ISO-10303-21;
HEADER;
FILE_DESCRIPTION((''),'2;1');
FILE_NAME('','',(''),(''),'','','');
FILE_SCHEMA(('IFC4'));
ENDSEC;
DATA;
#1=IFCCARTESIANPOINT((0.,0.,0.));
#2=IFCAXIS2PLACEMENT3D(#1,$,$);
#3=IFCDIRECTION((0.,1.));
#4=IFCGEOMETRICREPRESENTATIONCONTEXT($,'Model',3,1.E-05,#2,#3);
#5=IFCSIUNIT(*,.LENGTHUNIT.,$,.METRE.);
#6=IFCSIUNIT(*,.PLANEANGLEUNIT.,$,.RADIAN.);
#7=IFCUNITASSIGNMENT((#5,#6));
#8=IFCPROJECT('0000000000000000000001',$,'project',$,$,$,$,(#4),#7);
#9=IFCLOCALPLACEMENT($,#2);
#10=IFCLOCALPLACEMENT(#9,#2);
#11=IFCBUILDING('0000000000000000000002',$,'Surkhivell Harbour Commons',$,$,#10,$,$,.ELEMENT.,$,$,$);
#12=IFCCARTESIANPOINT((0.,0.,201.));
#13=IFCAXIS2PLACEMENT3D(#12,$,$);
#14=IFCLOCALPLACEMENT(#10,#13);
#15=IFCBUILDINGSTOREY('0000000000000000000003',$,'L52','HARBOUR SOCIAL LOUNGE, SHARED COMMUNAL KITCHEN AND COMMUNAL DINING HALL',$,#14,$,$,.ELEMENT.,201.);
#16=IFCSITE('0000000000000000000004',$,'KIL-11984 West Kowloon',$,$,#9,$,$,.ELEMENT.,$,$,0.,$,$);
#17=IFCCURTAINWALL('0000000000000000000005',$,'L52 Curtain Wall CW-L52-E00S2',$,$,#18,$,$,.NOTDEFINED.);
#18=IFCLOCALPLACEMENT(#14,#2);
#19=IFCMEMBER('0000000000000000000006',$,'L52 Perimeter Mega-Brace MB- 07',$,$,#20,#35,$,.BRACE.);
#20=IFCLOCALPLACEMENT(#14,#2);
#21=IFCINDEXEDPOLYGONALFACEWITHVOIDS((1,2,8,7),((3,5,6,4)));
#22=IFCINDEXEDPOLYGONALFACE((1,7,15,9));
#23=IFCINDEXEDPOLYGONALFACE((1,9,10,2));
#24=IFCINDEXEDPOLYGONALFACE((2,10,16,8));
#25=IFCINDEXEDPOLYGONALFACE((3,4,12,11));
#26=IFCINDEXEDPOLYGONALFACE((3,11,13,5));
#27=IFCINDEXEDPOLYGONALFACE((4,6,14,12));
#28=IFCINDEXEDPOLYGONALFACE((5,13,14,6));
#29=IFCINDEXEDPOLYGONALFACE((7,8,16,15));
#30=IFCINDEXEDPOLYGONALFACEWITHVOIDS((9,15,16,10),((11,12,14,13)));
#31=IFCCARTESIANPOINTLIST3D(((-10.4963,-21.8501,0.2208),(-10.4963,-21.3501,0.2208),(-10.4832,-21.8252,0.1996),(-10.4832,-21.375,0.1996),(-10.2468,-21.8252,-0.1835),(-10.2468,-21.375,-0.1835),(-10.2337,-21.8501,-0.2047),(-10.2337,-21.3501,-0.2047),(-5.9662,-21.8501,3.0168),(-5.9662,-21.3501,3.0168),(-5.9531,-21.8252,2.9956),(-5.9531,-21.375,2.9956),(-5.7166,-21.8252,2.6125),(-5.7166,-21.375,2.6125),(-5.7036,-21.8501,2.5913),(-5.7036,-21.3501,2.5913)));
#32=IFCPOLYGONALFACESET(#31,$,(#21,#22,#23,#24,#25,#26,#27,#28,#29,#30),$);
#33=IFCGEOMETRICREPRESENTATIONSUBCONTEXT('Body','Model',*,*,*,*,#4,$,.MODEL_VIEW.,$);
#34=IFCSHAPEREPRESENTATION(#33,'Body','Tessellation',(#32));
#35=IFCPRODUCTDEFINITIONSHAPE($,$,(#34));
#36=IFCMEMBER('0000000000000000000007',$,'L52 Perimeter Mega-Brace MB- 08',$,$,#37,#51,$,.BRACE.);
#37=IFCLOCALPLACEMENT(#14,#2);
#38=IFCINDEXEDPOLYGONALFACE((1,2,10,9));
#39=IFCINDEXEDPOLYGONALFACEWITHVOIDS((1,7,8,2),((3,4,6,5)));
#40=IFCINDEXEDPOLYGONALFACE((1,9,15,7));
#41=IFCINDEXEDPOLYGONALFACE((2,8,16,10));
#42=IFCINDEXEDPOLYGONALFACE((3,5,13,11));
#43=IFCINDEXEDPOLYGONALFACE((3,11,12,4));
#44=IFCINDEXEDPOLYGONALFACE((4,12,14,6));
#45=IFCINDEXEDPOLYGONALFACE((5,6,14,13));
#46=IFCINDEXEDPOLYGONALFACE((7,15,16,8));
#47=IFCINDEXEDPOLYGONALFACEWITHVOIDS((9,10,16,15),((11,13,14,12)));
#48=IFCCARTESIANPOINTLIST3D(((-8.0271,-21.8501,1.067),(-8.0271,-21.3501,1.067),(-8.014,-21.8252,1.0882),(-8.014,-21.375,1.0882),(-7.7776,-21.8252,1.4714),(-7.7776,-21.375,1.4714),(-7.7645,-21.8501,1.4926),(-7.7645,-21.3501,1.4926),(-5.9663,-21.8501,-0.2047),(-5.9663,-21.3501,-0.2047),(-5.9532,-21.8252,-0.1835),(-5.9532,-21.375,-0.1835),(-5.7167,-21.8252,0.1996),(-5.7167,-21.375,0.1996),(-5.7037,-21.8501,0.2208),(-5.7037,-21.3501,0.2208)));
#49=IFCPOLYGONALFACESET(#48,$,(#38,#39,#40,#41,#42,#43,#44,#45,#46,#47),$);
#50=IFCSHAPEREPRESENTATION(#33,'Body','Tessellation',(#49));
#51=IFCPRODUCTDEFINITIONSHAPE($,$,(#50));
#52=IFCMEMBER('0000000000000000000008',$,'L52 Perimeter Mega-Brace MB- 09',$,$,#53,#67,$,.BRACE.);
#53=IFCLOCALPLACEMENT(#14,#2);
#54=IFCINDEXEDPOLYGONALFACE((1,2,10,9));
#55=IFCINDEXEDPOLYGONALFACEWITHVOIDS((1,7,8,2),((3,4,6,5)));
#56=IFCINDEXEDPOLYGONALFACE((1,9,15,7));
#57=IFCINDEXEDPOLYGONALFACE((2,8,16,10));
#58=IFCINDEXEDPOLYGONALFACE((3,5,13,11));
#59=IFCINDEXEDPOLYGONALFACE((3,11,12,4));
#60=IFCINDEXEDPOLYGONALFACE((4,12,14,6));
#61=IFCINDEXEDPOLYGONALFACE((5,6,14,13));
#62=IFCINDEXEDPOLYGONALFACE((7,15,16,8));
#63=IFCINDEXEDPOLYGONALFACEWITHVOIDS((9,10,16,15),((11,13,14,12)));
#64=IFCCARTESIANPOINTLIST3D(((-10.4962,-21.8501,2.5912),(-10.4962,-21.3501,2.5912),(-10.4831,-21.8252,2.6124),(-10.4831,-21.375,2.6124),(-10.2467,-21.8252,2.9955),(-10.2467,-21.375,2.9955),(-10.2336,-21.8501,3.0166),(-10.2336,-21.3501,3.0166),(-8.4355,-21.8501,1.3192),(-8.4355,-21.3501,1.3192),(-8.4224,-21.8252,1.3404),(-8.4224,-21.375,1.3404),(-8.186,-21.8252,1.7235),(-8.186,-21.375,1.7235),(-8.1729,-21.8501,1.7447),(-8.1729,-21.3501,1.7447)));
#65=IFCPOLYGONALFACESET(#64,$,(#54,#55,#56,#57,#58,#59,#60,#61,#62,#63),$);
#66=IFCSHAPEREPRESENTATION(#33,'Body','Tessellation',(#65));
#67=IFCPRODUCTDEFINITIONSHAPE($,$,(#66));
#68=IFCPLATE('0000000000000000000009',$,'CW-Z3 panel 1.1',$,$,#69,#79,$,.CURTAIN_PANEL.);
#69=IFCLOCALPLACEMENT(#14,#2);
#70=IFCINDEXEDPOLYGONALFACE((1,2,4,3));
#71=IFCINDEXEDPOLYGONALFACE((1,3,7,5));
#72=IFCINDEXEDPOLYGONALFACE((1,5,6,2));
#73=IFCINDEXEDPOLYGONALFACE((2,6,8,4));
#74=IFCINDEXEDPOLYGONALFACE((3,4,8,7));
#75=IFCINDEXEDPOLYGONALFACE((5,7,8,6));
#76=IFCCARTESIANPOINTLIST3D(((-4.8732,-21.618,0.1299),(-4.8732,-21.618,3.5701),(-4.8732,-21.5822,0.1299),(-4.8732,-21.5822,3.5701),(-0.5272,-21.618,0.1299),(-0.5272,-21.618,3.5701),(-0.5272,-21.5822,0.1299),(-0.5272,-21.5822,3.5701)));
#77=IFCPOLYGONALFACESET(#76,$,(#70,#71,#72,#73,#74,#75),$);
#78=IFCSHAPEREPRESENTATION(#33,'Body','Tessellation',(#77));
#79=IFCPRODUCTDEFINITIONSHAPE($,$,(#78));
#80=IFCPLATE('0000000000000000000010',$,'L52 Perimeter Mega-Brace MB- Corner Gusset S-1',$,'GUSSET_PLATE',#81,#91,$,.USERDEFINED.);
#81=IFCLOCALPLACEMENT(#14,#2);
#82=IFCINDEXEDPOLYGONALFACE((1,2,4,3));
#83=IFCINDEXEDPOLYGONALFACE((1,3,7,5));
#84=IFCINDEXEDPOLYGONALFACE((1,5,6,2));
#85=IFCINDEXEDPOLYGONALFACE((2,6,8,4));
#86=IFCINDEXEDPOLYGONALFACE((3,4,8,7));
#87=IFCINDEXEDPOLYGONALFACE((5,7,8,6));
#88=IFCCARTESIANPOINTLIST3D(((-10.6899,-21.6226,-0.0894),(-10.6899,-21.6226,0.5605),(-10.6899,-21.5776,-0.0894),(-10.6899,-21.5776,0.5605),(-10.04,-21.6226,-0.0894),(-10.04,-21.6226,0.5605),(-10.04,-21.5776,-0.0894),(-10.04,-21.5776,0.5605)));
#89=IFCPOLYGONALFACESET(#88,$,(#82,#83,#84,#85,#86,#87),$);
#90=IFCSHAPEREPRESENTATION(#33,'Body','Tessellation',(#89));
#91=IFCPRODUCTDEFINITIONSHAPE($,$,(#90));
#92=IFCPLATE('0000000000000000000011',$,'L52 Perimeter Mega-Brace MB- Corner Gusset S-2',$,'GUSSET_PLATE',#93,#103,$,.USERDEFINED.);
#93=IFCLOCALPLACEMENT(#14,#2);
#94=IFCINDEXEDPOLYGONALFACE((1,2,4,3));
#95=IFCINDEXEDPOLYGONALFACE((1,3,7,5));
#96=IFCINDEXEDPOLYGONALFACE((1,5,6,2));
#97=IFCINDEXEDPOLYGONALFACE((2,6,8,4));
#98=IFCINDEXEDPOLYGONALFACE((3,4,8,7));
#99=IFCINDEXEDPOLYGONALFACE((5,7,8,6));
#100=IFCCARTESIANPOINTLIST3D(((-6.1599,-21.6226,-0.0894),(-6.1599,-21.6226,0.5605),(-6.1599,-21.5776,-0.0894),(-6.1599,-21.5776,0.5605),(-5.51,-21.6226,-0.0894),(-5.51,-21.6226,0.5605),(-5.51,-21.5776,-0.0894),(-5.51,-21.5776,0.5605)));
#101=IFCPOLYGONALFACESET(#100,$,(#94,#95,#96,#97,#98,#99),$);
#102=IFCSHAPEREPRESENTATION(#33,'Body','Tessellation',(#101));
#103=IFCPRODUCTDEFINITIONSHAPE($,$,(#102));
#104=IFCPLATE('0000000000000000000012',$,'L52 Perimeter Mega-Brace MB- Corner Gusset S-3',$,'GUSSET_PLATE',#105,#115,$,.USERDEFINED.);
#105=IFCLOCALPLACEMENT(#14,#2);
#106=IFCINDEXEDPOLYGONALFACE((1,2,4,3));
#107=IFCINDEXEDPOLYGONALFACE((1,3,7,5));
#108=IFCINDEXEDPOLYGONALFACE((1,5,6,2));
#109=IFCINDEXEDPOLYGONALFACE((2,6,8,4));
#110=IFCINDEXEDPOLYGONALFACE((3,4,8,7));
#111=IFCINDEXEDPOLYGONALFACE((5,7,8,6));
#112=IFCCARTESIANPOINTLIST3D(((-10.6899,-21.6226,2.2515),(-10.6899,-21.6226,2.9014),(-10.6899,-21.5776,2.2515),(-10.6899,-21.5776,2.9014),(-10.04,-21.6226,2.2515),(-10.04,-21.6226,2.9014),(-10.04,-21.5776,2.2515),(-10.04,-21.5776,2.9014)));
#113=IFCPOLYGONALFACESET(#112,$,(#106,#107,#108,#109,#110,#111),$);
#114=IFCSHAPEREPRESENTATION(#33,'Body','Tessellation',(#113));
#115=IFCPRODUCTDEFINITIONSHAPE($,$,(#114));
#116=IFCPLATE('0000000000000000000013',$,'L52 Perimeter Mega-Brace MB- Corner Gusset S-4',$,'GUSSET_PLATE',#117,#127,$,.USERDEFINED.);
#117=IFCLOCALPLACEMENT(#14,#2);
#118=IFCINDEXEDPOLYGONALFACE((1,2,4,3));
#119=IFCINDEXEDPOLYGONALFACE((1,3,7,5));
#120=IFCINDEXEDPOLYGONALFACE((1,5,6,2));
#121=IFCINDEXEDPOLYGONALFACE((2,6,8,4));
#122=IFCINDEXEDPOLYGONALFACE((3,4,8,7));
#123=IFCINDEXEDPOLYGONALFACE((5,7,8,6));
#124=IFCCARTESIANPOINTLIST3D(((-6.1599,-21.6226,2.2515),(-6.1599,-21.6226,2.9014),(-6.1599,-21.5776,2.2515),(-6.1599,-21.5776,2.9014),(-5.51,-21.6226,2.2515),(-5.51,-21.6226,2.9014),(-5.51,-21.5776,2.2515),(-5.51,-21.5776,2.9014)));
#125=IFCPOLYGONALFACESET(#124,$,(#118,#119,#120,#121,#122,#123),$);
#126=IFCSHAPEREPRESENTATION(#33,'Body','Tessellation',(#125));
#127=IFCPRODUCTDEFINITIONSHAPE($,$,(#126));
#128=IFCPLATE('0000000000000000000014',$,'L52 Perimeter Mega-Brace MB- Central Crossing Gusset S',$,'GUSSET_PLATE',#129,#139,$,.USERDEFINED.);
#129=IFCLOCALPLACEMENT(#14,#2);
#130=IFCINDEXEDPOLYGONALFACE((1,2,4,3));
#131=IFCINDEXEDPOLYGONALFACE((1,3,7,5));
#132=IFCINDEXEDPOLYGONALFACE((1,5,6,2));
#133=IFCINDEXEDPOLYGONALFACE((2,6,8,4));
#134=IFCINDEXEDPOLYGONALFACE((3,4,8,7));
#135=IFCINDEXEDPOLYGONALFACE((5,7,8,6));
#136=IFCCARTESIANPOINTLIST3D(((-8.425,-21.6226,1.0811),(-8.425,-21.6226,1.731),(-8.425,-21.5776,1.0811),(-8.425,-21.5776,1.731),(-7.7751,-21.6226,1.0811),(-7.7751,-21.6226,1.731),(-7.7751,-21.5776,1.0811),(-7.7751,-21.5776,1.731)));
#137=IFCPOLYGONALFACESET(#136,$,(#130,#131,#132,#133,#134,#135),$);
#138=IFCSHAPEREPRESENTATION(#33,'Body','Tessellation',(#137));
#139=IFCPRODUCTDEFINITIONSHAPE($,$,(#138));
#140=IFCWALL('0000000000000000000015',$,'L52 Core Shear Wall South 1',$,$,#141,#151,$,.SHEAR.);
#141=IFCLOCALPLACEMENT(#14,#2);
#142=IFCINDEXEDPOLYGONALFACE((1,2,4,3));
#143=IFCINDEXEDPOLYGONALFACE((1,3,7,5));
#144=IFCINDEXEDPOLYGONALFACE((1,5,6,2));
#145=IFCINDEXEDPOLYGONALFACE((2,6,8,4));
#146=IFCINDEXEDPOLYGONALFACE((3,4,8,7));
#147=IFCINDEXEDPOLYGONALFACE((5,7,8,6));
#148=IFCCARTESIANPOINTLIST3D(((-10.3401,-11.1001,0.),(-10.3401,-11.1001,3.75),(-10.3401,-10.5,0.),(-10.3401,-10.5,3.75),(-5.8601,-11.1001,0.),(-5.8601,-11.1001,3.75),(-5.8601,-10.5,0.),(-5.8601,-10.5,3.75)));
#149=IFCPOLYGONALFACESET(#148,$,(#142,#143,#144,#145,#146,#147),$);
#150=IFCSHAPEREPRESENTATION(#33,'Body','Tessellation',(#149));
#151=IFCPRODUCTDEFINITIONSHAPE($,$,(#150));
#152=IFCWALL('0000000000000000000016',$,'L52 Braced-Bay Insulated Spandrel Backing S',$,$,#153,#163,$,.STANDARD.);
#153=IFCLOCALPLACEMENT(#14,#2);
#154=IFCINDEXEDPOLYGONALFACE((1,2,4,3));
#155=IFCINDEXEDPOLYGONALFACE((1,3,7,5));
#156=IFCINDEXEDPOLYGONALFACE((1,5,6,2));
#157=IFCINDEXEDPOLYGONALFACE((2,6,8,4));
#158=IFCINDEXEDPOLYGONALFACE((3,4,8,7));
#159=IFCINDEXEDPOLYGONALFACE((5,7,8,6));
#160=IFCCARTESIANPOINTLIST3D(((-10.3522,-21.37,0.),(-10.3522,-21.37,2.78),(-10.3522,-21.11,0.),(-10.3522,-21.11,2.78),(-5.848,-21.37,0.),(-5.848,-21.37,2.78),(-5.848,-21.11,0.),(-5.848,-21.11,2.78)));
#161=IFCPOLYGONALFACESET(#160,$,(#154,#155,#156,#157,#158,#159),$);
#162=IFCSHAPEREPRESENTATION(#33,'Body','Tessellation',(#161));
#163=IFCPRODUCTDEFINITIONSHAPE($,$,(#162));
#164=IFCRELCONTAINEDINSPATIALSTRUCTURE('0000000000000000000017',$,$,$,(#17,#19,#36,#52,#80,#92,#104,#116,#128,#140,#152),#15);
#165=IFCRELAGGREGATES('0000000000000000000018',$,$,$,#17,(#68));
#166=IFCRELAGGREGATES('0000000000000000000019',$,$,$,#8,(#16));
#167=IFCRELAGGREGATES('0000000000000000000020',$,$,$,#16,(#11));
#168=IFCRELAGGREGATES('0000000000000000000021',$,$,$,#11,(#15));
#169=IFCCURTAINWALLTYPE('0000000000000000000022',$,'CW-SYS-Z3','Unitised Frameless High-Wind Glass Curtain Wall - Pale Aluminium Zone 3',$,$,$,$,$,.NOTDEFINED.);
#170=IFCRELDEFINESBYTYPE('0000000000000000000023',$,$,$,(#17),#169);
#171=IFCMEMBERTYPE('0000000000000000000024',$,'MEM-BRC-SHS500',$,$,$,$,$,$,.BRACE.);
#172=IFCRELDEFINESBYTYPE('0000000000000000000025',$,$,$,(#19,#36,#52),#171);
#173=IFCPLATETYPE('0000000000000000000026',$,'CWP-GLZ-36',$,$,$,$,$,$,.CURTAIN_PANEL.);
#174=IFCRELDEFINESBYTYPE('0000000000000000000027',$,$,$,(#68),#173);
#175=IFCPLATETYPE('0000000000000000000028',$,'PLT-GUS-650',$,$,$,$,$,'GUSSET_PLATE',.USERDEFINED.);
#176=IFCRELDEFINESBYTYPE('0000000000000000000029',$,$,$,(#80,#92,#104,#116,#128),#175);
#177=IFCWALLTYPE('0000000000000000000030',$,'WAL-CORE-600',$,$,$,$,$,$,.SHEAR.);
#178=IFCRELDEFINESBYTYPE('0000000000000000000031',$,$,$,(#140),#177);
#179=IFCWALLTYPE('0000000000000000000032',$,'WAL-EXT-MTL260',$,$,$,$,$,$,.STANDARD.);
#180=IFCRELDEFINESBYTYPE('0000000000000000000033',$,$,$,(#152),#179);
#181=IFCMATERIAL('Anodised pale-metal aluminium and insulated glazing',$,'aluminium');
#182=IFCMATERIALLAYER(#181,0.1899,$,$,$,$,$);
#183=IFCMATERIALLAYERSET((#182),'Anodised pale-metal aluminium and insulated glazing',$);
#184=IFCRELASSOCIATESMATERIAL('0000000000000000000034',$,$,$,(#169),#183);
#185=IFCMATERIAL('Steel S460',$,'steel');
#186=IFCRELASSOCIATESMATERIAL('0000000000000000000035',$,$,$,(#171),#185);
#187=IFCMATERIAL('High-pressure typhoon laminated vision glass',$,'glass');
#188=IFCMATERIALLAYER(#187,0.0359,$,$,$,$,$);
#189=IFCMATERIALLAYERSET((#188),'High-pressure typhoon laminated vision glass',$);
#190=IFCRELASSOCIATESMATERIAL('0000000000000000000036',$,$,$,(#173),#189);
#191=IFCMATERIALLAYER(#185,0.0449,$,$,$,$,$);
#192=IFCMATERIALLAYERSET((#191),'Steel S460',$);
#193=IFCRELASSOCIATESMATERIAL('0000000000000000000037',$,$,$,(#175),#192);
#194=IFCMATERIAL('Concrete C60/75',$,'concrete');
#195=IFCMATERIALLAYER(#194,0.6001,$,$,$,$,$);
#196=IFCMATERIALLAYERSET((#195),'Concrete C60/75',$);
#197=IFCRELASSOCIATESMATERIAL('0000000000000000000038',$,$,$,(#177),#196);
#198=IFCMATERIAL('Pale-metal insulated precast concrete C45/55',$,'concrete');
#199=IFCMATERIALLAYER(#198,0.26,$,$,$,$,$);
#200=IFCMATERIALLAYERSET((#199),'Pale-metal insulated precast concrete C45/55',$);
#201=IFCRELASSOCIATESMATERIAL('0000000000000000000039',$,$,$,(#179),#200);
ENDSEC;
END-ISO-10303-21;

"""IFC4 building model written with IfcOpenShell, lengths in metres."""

from ifc_helpers import new_model, si_unit, direction, frame, frame_2d, origin, origin_2d, place, context, subcontext, project, spatial, rectangle, hollow_rectangle, extrude, material, layer, layer_set, material_profile, profile_set, type_object, element, aggregate, save


model = new_model("IFC4")

# Units and contexts
model_context = context("Model", 3, precision=1e-05, world=origin(), true_north=direction((0.0, 1.0)))
body_context = subcontext(model_context, "Body", "Model", "MODEL_VIEW")
ifc_project = project(units=[si_unit("LENGTHUNIT", "METRE"), si_unit("PLANEANGLEUNIT", "RADIAN")], contexts=[model_context])

# Site, building, storey
site_placement = place(None, origin())
site = spatial("IfcSite", under=ifc_project, at=site_placement, Name="KIL-11984 West Kowloon", CompositionType="ELEMENT", RefElevation=0.0)
building_placement = place(site_placement, origin())
building = spatial("IfcBuilding", under=site, at=building_placement, Name="Surkhivell Harbour Commons", CompositionType="ELEMENT")
storey_placement = place(building_placement, frame((0.0, 0.0, 201.0)))
storey = spatial("IfcBuildingStorey", under=building, at=storey_placement, Name="L52", Description="HARBOUR SOCIAL LOUNGE, SHARED COMMUNAL KITCHEN AND COMMUNAL DINING HALL", CompositionType="ELEMENT", Elevation=201.0)

# Shared definitions
ifc_material_1 = material(Name="Concrete C60/75", Category="concrete")

# Shared definitions
ifc_material_2 = material(Name="Anodised pale-metal aluminium and insulated glazing", Category="aluminium")
ifc_layer_1 = layer(ifc_material_2, 0.1899)
ifc_layer_set_1 = layer_set([ifc_layer_1], Name="Anodised pale-metal aluminium and insulated glazing")
curtain_wall_type = type_object("IfcCurtainWallType", Name="CW-SYS-Z3", Description="Unitised Frameless High-Wind Glass Curtain Wall - Pale Aluminium Zone 3", PredefinedType="NOTDEFINED", material=ifc_layer_set_1)

# Curtain wall
curtain_wall_1_placement = place(storey_placement, origin())
curtain_wall_1 = element("IfcCurtainWall", 1, at=curtain_wall_1_placement, inside=storey, type_object=curtain_wall_type, Name="L52 Curtain Wall CW-L52-E00S2", PredefinedType="NOTDEFINED")

# Members
ifc_material_3 = material(Name="Steel S460", Category="steel")
ifc_material_profile_1 = material_profile(ifc_material_3, hollow_rectangle(XDim=0.5, YDim=0.5, WallThickness=0.0249, at=origin_2d()), Name="SHS500x500x25")
ifc_profile_set_1 = profile_set([ifc_material_profile_1], Name="Steel S460")
member_type_1 = type_object("IfcMemberType", Name="MEM-BRC-SHS500", PredefinedType="BRACE", material=ifc_profile_set_1)
member_1_placement = place(storey_placement, frame((-10.365, -21.6001, 0.0081), z_axis=(0.850971, 0.0, 0.525213), x_axis=(0.0, 1.0, 0.0)))
element("IfcMember", 2, at=member_1_placement, inside=storey, type_object=member_type_1, Name="L52 Perimeter Mega-Brace MB- 07", PredefinedType="BRACE", context=body_context, shape_type="SweptSolid", body=[
    extrude(hollow_rectangle(XDim=0.5, YDim=0.5, WallThickness=0.0249, at=origin_2d()), origin(), (0.0, 0.0, 1.0), 5.3235),
])
for number, where, z_axis, x_axis, name in (
    (3, (-5.835, -21.6001, 0.0081), (-0.851003, 0.0, 0.52516), (0.0, -1.0, 0.0), "L52 Perimeter Mega-Brace MB- 08"),
    (4, (-8.3042, -21.6001, 1.532), (-0.850958, 0.0, 0.525233), (0.0, -1.0, 0.0), "L52 Perimeter Mega-Brace MB- 09"),
):
    element("IfcMember", number, at=place(storey_placement, frame(where, z_axis=z_axis, x_axis=x_axis)), inside=storey, type_object=member_type_1, Name=name, PredefinedType="BRACE", context=body_context, shape_type="SweptSolid", body=[
        extrude(hollow_rectangle(XDim=0.5, YDim=0.5, WallThickness=0.0249, at=origin_2d()), origin(), (0.0, 0.0, 1.0), 2.4216),
    ])

# Plate
ifc_material_4 = material(Name="High-pressure typhoon laminated vision glass", Category="glass")
ifc_layer_2 = layer(ifc_material_4, 0.0359)
ifc_layer_set_2 = layer_set([ifc_layer_2], Name="High-pressure typhoon laminated vision glass")
plate_type_1 = type_object("IfcPlateType", Name="CWP-GLZ-36", PredefinedType="CURTAIN_PANEL", material=ifc_layer_set_2)
plate_placement = place(storey_placement, frame((-4.873, -21.6001, 0.1299), z_axis=(0.0, 0.0, 1.0), x_axis=(1.0, 0.0, 0.0)))
plate = element("IfcPlate", 5, at=plate_placement, type_object=plate_type_1, Name="CW-Z3 panel 1.1", PredefinedType="CURTAIN_PANEL", context=body_context, shape_type="SweptSolid", body=[
    extrude(rectangle(XDim=4.3459, YDim=0.0359, at=frame_2d((2.1729, 0.0))), origin(), (0.0, 0.0, 1.0), 3.4402),
])
aggregate(curtain_wall_1, [plate])

# Plates
ifc_layer_3 = layer(ifc_material_3, 0.0449)
ifc_layer_set_3 = layer_set([ifc_layer_3], Name="Steel S460")
plate_type_2 = type_object("IfcPlateType", Name="PLT-GUS-650", ElementType="GUSSET_PLATE", PredefinedType="USERDEFINED", material=ifc_layer_set_3)
for number, where, z_axis, x_axis, name in (
    (6, (-10.365, -21.6001, -0.0894), (0.0, 0.0, 1.0), (1.0, 0.0, 0.0), "L52 Perimeter Mega-Brace MB- Corner Gusset S-1"),
    (7, (-5.835, -21.6001, -0.0894), (0.0, 0.0, 1.0), (1.0, 0.0, 0.0), "L52 Perimeter Mega-Brace MB- Corner Gusset S-2"),
    (8, (-10.365, -21.6001, 2.2515), (0.0, 0.0, 1.0), (1.0, 0.0, 0.0), "L52 Perimeter Mega-Brace MB- Corner Gusset S-3"),
    (9, (-5.835, -21.6001, 2.2515), (0.0, 0.0, 1.0), (1.0, 0.0, 0.0), "L52 Perimeter Mega-Brace MB- Corner Gusset S-4"),
    (10, (-8.1001, -21.6001, 1.0811), (0.0, 0.0, 1.0), (1.0, 0.0, 0.0), "L52 Perimeter Mega-Brace MB- Central Crossing Gusset S"),
):
    element("IfcPlate", number, at=place(storey_placement, frame(where, z_axis=z_axis, x_axis=x_axis)), inside=storey, type_object=plate_type_2, Name=name, ObjectType="GUSSET_PLATE", PredefinedType="USERDEFINED", context=body_context, shape_type="SweptSolid", body=[
        extrude(rectangle(XDim=0.6499, YDim=0.0449, at=origin_2d()), origin(), (0.0, 0.0, 1.0), 0.6499),
    ])

# Walls
ifc_layer_4 = layer(ifc_material_1, 0.6001)
ifc_layer_set_4 = layer_set([ifc_layer_4], Name="Concrete C60/75")
wall_type_1 = type_object("IfcWallType", Name="WAL-CORE-600", PredefinedType="SHEAR", material=ifc_layer_set_4)
wall_1_placement = place(storey_placement, frame((-10.3401, -10.8, 0.0), z_axis=(0.0, 0.0, 1.0), x_axis=(1.0, 0.0, 0.0)))
element("IfcWall", 11, at=wall_1_placement, inside=storey, type_object=wall_type_1, Name="L52 Core Shear Wall South 1", PredefinedType="SHEAR", context=body_context, shape_type="SweptSolid", body=[
    extrude(rectangle(XDim=4.48, YDim=0.6001, at=frame_2d((2.24, 0.0))), origin(), (0.0, 0.0, 1.0), 3.75),
])
ifc_material_5 = material(Name="Pale-metal insulated precast concrete C45/55", Category="concrete")
ifc_layer_5 = layer(ifc_material_5, 0.26)
ifc_layer_set_5 = layer_set([ifc_layer_5], Name="Pale-metal insulated precast concrete C45/55")
wall_type_2 = type_object("IfcWallType", Name="WAL-EXT-MTL260", PredefinedType="STANDARD", material=ifc_layer_set_5)
wall_2_placement = place(storey_placement, frame((-10.3521, -21.24, 0.0), z_axis=(0.0, 0.0, 1.0), x_axis=(1.0, 0.0, 0.0)))
element("IfcWall", 12, at=wall_2_placement, inside=storey, type_object=wall_type_2, Name="L52 Braced-Bay Insulated Spandrel Backing S", PredefinedType="STANDARD", context=body_context, shape_type="SweptSolid", body=[
    extrude(rectangle(XDim=4.5042, YDim=0.26, at=frame_2d((2.252, 0.0))), origin(), (0.0, 0.0, 1.0), 2.78),
])

save(model, "model.ifc")
